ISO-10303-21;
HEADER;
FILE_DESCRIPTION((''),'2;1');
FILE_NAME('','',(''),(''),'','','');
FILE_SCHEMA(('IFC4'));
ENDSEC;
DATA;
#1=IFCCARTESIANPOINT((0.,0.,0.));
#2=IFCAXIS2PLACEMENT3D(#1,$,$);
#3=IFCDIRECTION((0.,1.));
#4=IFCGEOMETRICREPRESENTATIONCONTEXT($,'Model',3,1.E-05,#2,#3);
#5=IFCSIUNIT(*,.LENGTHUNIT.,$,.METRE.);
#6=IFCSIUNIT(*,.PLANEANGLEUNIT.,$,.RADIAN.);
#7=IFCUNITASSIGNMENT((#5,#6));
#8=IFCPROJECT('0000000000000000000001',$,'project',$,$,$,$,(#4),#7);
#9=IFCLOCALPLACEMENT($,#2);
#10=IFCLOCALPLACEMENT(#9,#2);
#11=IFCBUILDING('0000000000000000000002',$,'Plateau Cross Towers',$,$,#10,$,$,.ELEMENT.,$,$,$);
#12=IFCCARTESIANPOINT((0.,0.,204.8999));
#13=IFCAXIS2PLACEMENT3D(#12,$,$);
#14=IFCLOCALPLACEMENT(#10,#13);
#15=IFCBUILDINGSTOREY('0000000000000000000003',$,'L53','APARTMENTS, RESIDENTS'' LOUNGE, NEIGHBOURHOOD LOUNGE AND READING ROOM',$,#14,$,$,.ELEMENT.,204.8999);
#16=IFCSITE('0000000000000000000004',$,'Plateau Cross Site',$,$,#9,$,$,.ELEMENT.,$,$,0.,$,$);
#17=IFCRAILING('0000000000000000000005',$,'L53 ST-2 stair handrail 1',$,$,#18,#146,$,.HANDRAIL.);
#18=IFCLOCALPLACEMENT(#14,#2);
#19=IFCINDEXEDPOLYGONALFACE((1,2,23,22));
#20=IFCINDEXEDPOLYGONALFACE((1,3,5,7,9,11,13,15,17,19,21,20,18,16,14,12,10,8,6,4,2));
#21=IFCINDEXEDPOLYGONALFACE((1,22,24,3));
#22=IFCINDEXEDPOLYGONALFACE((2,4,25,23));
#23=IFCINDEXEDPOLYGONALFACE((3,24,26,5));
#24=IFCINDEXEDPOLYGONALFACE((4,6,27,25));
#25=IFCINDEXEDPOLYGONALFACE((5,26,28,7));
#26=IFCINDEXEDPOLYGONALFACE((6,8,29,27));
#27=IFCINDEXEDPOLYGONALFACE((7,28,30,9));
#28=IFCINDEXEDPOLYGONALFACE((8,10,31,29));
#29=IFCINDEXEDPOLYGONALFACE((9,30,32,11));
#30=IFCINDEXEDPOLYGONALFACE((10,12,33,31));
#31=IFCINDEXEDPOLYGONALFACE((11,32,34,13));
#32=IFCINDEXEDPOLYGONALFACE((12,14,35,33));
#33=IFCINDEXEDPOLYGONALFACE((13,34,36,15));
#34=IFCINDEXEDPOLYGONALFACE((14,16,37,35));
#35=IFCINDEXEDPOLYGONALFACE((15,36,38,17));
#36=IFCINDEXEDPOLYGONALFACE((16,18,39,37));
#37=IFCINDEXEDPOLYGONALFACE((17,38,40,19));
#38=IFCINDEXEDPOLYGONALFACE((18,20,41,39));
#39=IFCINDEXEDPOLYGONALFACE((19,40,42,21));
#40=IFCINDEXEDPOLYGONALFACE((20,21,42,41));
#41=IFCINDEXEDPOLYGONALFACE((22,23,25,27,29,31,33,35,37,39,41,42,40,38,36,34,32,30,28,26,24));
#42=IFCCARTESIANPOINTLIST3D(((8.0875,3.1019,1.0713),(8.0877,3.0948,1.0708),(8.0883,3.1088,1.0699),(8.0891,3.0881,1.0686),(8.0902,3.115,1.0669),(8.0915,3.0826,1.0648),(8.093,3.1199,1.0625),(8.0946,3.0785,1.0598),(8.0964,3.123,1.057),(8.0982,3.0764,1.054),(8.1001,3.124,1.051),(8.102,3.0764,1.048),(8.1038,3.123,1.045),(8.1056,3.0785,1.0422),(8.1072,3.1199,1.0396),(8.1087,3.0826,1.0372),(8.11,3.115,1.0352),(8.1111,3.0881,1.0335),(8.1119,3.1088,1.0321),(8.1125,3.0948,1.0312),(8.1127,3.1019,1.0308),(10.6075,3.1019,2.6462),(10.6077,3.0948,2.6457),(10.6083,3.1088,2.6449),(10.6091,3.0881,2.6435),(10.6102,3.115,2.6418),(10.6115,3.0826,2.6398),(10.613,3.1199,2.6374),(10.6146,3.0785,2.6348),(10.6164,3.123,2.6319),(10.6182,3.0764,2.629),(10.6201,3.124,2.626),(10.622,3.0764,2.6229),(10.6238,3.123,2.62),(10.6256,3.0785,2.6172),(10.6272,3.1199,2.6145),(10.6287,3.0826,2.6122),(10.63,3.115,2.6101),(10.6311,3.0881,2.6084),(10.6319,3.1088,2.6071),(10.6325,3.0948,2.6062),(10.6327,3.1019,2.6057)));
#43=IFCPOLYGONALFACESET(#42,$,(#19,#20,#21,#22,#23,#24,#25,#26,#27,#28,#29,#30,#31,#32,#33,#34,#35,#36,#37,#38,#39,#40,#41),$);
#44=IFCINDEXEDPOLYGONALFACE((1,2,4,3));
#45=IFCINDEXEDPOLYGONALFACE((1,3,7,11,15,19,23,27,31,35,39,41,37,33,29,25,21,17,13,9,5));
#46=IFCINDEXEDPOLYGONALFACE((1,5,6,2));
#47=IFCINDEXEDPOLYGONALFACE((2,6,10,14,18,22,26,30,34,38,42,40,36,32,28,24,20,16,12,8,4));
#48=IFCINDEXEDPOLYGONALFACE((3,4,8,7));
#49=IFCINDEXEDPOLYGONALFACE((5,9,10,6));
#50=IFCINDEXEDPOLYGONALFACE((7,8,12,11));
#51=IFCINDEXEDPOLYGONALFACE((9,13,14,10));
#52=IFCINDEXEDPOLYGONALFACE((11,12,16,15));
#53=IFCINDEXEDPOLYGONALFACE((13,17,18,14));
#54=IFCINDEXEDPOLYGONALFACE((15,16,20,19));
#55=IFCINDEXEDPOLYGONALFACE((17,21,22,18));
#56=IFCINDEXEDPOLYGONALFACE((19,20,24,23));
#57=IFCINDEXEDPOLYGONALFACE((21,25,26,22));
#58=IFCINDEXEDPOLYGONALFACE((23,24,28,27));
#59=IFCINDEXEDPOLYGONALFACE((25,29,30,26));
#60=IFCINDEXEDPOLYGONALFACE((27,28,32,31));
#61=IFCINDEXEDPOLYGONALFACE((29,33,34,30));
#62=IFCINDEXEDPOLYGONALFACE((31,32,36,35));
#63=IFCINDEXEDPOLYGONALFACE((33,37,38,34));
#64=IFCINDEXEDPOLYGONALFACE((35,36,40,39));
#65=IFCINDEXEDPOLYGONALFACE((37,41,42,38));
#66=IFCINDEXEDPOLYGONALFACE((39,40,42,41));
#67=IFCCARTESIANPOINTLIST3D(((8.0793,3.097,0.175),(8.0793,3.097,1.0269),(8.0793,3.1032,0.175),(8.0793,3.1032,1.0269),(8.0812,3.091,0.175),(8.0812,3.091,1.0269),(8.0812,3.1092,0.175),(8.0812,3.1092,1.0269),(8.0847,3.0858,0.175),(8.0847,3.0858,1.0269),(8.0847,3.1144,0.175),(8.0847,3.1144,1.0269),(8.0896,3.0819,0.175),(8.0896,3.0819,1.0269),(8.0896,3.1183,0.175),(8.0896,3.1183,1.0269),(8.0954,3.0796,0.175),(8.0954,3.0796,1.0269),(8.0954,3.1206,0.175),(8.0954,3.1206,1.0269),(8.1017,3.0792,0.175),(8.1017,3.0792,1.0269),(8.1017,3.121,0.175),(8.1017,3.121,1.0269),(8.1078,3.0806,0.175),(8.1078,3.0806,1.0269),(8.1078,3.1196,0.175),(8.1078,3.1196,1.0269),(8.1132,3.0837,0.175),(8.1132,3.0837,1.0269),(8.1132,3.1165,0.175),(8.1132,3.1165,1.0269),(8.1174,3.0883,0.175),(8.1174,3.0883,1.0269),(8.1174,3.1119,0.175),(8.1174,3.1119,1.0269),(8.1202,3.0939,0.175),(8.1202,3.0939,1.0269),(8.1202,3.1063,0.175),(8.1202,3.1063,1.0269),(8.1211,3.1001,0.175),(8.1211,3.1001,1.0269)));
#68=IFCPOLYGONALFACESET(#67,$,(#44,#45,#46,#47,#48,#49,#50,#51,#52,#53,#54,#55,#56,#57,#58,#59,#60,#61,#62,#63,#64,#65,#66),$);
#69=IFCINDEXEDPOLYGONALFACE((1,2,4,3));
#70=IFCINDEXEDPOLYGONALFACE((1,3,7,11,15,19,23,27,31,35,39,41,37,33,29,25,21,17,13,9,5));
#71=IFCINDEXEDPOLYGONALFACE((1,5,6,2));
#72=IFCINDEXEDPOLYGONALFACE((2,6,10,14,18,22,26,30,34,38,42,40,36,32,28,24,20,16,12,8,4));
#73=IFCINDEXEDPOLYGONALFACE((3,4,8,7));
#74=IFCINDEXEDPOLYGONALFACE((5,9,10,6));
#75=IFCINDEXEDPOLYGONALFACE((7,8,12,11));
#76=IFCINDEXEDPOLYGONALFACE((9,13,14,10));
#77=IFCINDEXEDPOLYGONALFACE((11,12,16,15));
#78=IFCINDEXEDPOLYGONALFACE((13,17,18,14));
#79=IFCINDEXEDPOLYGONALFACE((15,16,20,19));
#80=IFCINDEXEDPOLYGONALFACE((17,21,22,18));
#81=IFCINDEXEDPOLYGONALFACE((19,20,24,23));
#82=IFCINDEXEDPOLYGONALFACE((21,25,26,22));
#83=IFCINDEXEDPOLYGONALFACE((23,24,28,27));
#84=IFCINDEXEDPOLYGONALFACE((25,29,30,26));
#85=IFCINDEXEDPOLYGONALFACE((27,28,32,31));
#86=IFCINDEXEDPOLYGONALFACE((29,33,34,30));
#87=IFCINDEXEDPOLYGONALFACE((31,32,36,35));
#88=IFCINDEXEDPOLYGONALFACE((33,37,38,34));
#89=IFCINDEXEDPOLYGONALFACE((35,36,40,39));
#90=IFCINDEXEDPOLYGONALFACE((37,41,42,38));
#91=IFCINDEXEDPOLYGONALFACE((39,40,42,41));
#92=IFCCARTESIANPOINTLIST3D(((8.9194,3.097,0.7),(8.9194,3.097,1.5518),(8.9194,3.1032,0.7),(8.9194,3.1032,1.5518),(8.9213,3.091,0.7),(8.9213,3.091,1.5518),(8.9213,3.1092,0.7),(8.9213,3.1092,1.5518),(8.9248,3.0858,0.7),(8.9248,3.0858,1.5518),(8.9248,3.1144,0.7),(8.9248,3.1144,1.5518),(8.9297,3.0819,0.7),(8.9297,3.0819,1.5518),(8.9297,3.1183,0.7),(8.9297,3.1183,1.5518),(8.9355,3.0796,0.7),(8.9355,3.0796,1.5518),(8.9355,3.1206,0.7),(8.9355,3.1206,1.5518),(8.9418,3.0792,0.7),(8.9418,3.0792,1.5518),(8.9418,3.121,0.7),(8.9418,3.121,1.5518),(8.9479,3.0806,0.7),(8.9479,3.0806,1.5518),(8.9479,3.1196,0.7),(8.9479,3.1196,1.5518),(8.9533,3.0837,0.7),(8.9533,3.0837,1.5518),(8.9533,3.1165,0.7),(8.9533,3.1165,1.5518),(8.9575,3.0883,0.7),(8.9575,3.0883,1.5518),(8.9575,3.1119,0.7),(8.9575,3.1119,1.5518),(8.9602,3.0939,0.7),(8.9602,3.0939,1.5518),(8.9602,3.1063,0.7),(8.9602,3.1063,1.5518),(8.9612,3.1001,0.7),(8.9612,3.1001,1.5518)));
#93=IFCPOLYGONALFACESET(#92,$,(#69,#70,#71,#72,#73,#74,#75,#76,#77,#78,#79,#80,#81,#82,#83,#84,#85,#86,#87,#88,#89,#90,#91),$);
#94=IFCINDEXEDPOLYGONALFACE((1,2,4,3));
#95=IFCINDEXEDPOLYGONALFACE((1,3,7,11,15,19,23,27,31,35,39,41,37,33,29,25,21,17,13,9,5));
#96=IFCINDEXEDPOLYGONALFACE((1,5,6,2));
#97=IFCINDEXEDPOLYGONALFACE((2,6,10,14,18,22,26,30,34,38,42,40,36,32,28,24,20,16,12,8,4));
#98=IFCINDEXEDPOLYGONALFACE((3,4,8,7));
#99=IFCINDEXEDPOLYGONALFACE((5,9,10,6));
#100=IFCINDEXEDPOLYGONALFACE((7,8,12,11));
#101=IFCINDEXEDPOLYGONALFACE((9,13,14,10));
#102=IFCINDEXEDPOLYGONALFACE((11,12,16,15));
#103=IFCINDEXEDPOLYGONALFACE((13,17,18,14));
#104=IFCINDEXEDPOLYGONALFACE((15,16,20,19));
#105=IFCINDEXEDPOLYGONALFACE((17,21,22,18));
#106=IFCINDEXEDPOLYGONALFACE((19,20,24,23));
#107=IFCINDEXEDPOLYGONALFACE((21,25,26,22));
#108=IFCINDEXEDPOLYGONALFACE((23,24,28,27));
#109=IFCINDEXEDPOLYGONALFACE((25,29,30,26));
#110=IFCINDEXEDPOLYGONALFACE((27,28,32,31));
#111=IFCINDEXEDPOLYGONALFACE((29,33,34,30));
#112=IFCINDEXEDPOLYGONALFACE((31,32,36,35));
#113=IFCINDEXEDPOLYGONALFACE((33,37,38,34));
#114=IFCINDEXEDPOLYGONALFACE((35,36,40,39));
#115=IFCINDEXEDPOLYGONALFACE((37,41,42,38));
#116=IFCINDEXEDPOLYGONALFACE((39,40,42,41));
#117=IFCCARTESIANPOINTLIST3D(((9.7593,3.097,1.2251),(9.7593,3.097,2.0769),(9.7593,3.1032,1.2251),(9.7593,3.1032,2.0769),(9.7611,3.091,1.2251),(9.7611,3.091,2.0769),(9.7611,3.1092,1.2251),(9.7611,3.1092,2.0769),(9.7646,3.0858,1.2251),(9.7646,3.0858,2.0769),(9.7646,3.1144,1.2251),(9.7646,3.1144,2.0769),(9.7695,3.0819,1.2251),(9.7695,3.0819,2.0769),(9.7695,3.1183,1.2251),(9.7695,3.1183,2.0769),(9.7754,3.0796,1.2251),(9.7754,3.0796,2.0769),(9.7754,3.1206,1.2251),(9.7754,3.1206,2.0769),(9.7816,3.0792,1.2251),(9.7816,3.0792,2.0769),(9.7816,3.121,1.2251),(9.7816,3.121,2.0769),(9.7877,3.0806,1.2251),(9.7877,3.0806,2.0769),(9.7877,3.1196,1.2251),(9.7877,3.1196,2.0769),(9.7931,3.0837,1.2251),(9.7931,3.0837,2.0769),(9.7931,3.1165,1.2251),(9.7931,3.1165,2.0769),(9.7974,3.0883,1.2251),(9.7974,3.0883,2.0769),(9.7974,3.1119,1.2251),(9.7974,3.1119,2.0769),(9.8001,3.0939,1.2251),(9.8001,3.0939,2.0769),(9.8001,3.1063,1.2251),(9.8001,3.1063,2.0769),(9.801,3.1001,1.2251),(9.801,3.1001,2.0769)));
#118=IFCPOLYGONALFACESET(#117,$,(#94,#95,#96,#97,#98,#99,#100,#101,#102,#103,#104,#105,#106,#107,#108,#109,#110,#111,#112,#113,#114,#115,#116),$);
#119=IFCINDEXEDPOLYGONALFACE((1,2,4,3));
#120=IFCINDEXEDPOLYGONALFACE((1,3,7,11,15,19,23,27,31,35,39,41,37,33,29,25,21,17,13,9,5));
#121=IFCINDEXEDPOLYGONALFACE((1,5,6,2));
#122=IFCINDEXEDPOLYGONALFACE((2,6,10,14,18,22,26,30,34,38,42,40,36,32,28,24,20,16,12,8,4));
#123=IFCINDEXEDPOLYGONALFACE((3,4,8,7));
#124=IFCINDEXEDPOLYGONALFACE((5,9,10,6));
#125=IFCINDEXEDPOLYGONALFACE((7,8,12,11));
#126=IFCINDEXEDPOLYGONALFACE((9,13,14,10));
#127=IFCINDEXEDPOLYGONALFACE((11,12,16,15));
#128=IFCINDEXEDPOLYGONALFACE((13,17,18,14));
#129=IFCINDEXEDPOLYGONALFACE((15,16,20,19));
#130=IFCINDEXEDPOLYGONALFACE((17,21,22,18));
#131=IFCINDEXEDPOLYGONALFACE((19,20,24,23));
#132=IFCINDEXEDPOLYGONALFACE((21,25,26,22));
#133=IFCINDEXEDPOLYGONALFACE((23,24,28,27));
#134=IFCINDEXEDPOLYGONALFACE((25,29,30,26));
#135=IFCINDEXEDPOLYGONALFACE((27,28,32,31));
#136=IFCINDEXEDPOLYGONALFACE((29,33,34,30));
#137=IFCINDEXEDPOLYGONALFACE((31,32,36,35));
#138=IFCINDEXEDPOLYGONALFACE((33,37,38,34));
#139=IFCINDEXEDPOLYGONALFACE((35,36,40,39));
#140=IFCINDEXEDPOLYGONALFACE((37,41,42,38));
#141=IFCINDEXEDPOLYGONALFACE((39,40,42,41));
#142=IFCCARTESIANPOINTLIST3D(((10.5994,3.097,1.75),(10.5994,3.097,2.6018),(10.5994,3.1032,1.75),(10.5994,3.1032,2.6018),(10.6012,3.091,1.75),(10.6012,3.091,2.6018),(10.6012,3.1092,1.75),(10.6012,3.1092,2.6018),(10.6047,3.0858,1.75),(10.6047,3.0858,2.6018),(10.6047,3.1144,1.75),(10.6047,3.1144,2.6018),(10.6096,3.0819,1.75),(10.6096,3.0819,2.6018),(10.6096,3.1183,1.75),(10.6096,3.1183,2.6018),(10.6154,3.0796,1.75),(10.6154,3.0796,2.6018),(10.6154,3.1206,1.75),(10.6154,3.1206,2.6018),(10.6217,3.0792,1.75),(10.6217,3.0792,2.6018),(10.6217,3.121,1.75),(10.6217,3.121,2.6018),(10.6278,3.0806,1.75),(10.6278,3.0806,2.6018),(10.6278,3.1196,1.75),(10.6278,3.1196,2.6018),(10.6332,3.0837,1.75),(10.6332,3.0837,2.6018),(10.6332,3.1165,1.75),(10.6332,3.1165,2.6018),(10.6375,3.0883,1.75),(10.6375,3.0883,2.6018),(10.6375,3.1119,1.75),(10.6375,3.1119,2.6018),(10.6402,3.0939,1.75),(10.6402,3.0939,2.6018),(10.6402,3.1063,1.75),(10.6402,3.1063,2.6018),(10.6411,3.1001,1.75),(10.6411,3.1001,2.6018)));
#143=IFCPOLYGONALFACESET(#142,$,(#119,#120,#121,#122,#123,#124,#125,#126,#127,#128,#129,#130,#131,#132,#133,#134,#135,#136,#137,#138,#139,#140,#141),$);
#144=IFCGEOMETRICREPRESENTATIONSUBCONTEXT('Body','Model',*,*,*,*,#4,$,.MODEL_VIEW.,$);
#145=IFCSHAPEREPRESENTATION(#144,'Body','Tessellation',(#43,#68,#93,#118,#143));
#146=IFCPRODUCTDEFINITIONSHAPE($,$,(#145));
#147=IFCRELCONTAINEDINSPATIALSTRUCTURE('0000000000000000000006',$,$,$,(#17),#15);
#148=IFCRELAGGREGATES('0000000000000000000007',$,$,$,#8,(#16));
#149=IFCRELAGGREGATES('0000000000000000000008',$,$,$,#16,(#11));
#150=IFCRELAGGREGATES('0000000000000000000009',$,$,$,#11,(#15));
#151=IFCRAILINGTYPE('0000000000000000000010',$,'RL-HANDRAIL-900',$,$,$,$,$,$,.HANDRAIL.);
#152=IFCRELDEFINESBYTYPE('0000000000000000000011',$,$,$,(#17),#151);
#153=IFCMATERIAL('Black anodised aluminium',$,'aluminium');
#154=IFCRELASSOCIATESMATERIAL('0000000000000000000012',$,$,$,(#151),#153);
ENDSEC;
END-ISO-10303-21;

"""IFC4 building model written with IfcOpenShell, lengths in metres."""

from ifc_helpers import new_model, si_unit, direction, frame, origin, origin_2d, place, context, subcontext, project, spatial, circle, extrude, material, type_object, element, save


model = new_model("IFC4")

# Units and contexts
model_context = context("Model", 3, precision=1e-05, world=origin(), true_north=direction((0.0, 1.0)))
body_context = subcontext(model_context, "Body", "Model", "MODEL_VIEW")
ifc_project = project(units=[si_unit("LENGTHUNIT", "METRE"), si_unit("PLANEANGLEUNIT", "RADIAN")], contexts=[model_context])

# Site, building, storey
site_placement = place(None, origin())
site = spatial("IfcSite", under=ifc_project, at=site_placement, Name="Plateau Cross Site", CompositionType="ELEMENT", RefElevation=0.0)
building_placement = place(site_placement, origin())
building = spatial("IfcBuilding", under=site, at=building_placement, Name="Plateau Cross Towers", CompositionType="ELEMENT")
storey_placement = place(building_placement, frame((0.0, 0.0, 204.8999)))
storey = spatial("IfcBuildingStorey", under=building, at=storey_placement, Name="L53", Description="APARTMENTS, RESIDENTS' LOUNGE, NEIGHBOURHOOD LOUNGE AND READING ROOM", CompositionType="ELEMENT", Elevation=204.8999)

# Shared definitions
ifc_material_1 = material(Name="Black anodised aluminium", Category="aluminium")

# Railing
railing_type_1 = type_object("IfcRailingType", Name="RL-HANDRAIL-900", PredefinedType="HANDRAIL", material=ifc_material_1)
railing_1_placement = place(storey_placement, frame((8.1001, 3.1001, 0.175)))
element("IfcRailing", 1, at=railing_1_placement, inside=storey, type_object=railing_type_1, Name="L53 ST-2 stair handrail 1", PredefinedType="HANDRAIL", context=body_context, shape_type="SweptSolid", body=[
    extrude(circle(Radius=0.0239, at=origin_2d()), frame((0.0, 0.0, 0.876), z_axis=(0.848008, 0.0, 0.529984), x_axis=(0.0, 1.0, 0.0)), (0.0, 0.0, 1.0), 2.9717),
    extrude(circle(Radius=0.021, at=origin_2d()), origin(), (0.0, 0.0, 1.0), 0.8518),
    extrude(circle(Radius=0.021, at=origin_2d()), frame((0.8401, 0.0, 0.5249)), (0.0, 0.0, 1.0), 0.8518),
    extrude(circle(Radius=0.021, at=origin_2d()), frame((1.6799, 0.0, 1.05)), (0.0, 0.0, 1.0), 0.8518),
    extrude(circle(Radius=0.021, at=origin_2d()), frame((2.52, 0.0, 1.575)), (0.0, 0.0, 1.0), 0.8518),
])

save(model, "model.ifc")
